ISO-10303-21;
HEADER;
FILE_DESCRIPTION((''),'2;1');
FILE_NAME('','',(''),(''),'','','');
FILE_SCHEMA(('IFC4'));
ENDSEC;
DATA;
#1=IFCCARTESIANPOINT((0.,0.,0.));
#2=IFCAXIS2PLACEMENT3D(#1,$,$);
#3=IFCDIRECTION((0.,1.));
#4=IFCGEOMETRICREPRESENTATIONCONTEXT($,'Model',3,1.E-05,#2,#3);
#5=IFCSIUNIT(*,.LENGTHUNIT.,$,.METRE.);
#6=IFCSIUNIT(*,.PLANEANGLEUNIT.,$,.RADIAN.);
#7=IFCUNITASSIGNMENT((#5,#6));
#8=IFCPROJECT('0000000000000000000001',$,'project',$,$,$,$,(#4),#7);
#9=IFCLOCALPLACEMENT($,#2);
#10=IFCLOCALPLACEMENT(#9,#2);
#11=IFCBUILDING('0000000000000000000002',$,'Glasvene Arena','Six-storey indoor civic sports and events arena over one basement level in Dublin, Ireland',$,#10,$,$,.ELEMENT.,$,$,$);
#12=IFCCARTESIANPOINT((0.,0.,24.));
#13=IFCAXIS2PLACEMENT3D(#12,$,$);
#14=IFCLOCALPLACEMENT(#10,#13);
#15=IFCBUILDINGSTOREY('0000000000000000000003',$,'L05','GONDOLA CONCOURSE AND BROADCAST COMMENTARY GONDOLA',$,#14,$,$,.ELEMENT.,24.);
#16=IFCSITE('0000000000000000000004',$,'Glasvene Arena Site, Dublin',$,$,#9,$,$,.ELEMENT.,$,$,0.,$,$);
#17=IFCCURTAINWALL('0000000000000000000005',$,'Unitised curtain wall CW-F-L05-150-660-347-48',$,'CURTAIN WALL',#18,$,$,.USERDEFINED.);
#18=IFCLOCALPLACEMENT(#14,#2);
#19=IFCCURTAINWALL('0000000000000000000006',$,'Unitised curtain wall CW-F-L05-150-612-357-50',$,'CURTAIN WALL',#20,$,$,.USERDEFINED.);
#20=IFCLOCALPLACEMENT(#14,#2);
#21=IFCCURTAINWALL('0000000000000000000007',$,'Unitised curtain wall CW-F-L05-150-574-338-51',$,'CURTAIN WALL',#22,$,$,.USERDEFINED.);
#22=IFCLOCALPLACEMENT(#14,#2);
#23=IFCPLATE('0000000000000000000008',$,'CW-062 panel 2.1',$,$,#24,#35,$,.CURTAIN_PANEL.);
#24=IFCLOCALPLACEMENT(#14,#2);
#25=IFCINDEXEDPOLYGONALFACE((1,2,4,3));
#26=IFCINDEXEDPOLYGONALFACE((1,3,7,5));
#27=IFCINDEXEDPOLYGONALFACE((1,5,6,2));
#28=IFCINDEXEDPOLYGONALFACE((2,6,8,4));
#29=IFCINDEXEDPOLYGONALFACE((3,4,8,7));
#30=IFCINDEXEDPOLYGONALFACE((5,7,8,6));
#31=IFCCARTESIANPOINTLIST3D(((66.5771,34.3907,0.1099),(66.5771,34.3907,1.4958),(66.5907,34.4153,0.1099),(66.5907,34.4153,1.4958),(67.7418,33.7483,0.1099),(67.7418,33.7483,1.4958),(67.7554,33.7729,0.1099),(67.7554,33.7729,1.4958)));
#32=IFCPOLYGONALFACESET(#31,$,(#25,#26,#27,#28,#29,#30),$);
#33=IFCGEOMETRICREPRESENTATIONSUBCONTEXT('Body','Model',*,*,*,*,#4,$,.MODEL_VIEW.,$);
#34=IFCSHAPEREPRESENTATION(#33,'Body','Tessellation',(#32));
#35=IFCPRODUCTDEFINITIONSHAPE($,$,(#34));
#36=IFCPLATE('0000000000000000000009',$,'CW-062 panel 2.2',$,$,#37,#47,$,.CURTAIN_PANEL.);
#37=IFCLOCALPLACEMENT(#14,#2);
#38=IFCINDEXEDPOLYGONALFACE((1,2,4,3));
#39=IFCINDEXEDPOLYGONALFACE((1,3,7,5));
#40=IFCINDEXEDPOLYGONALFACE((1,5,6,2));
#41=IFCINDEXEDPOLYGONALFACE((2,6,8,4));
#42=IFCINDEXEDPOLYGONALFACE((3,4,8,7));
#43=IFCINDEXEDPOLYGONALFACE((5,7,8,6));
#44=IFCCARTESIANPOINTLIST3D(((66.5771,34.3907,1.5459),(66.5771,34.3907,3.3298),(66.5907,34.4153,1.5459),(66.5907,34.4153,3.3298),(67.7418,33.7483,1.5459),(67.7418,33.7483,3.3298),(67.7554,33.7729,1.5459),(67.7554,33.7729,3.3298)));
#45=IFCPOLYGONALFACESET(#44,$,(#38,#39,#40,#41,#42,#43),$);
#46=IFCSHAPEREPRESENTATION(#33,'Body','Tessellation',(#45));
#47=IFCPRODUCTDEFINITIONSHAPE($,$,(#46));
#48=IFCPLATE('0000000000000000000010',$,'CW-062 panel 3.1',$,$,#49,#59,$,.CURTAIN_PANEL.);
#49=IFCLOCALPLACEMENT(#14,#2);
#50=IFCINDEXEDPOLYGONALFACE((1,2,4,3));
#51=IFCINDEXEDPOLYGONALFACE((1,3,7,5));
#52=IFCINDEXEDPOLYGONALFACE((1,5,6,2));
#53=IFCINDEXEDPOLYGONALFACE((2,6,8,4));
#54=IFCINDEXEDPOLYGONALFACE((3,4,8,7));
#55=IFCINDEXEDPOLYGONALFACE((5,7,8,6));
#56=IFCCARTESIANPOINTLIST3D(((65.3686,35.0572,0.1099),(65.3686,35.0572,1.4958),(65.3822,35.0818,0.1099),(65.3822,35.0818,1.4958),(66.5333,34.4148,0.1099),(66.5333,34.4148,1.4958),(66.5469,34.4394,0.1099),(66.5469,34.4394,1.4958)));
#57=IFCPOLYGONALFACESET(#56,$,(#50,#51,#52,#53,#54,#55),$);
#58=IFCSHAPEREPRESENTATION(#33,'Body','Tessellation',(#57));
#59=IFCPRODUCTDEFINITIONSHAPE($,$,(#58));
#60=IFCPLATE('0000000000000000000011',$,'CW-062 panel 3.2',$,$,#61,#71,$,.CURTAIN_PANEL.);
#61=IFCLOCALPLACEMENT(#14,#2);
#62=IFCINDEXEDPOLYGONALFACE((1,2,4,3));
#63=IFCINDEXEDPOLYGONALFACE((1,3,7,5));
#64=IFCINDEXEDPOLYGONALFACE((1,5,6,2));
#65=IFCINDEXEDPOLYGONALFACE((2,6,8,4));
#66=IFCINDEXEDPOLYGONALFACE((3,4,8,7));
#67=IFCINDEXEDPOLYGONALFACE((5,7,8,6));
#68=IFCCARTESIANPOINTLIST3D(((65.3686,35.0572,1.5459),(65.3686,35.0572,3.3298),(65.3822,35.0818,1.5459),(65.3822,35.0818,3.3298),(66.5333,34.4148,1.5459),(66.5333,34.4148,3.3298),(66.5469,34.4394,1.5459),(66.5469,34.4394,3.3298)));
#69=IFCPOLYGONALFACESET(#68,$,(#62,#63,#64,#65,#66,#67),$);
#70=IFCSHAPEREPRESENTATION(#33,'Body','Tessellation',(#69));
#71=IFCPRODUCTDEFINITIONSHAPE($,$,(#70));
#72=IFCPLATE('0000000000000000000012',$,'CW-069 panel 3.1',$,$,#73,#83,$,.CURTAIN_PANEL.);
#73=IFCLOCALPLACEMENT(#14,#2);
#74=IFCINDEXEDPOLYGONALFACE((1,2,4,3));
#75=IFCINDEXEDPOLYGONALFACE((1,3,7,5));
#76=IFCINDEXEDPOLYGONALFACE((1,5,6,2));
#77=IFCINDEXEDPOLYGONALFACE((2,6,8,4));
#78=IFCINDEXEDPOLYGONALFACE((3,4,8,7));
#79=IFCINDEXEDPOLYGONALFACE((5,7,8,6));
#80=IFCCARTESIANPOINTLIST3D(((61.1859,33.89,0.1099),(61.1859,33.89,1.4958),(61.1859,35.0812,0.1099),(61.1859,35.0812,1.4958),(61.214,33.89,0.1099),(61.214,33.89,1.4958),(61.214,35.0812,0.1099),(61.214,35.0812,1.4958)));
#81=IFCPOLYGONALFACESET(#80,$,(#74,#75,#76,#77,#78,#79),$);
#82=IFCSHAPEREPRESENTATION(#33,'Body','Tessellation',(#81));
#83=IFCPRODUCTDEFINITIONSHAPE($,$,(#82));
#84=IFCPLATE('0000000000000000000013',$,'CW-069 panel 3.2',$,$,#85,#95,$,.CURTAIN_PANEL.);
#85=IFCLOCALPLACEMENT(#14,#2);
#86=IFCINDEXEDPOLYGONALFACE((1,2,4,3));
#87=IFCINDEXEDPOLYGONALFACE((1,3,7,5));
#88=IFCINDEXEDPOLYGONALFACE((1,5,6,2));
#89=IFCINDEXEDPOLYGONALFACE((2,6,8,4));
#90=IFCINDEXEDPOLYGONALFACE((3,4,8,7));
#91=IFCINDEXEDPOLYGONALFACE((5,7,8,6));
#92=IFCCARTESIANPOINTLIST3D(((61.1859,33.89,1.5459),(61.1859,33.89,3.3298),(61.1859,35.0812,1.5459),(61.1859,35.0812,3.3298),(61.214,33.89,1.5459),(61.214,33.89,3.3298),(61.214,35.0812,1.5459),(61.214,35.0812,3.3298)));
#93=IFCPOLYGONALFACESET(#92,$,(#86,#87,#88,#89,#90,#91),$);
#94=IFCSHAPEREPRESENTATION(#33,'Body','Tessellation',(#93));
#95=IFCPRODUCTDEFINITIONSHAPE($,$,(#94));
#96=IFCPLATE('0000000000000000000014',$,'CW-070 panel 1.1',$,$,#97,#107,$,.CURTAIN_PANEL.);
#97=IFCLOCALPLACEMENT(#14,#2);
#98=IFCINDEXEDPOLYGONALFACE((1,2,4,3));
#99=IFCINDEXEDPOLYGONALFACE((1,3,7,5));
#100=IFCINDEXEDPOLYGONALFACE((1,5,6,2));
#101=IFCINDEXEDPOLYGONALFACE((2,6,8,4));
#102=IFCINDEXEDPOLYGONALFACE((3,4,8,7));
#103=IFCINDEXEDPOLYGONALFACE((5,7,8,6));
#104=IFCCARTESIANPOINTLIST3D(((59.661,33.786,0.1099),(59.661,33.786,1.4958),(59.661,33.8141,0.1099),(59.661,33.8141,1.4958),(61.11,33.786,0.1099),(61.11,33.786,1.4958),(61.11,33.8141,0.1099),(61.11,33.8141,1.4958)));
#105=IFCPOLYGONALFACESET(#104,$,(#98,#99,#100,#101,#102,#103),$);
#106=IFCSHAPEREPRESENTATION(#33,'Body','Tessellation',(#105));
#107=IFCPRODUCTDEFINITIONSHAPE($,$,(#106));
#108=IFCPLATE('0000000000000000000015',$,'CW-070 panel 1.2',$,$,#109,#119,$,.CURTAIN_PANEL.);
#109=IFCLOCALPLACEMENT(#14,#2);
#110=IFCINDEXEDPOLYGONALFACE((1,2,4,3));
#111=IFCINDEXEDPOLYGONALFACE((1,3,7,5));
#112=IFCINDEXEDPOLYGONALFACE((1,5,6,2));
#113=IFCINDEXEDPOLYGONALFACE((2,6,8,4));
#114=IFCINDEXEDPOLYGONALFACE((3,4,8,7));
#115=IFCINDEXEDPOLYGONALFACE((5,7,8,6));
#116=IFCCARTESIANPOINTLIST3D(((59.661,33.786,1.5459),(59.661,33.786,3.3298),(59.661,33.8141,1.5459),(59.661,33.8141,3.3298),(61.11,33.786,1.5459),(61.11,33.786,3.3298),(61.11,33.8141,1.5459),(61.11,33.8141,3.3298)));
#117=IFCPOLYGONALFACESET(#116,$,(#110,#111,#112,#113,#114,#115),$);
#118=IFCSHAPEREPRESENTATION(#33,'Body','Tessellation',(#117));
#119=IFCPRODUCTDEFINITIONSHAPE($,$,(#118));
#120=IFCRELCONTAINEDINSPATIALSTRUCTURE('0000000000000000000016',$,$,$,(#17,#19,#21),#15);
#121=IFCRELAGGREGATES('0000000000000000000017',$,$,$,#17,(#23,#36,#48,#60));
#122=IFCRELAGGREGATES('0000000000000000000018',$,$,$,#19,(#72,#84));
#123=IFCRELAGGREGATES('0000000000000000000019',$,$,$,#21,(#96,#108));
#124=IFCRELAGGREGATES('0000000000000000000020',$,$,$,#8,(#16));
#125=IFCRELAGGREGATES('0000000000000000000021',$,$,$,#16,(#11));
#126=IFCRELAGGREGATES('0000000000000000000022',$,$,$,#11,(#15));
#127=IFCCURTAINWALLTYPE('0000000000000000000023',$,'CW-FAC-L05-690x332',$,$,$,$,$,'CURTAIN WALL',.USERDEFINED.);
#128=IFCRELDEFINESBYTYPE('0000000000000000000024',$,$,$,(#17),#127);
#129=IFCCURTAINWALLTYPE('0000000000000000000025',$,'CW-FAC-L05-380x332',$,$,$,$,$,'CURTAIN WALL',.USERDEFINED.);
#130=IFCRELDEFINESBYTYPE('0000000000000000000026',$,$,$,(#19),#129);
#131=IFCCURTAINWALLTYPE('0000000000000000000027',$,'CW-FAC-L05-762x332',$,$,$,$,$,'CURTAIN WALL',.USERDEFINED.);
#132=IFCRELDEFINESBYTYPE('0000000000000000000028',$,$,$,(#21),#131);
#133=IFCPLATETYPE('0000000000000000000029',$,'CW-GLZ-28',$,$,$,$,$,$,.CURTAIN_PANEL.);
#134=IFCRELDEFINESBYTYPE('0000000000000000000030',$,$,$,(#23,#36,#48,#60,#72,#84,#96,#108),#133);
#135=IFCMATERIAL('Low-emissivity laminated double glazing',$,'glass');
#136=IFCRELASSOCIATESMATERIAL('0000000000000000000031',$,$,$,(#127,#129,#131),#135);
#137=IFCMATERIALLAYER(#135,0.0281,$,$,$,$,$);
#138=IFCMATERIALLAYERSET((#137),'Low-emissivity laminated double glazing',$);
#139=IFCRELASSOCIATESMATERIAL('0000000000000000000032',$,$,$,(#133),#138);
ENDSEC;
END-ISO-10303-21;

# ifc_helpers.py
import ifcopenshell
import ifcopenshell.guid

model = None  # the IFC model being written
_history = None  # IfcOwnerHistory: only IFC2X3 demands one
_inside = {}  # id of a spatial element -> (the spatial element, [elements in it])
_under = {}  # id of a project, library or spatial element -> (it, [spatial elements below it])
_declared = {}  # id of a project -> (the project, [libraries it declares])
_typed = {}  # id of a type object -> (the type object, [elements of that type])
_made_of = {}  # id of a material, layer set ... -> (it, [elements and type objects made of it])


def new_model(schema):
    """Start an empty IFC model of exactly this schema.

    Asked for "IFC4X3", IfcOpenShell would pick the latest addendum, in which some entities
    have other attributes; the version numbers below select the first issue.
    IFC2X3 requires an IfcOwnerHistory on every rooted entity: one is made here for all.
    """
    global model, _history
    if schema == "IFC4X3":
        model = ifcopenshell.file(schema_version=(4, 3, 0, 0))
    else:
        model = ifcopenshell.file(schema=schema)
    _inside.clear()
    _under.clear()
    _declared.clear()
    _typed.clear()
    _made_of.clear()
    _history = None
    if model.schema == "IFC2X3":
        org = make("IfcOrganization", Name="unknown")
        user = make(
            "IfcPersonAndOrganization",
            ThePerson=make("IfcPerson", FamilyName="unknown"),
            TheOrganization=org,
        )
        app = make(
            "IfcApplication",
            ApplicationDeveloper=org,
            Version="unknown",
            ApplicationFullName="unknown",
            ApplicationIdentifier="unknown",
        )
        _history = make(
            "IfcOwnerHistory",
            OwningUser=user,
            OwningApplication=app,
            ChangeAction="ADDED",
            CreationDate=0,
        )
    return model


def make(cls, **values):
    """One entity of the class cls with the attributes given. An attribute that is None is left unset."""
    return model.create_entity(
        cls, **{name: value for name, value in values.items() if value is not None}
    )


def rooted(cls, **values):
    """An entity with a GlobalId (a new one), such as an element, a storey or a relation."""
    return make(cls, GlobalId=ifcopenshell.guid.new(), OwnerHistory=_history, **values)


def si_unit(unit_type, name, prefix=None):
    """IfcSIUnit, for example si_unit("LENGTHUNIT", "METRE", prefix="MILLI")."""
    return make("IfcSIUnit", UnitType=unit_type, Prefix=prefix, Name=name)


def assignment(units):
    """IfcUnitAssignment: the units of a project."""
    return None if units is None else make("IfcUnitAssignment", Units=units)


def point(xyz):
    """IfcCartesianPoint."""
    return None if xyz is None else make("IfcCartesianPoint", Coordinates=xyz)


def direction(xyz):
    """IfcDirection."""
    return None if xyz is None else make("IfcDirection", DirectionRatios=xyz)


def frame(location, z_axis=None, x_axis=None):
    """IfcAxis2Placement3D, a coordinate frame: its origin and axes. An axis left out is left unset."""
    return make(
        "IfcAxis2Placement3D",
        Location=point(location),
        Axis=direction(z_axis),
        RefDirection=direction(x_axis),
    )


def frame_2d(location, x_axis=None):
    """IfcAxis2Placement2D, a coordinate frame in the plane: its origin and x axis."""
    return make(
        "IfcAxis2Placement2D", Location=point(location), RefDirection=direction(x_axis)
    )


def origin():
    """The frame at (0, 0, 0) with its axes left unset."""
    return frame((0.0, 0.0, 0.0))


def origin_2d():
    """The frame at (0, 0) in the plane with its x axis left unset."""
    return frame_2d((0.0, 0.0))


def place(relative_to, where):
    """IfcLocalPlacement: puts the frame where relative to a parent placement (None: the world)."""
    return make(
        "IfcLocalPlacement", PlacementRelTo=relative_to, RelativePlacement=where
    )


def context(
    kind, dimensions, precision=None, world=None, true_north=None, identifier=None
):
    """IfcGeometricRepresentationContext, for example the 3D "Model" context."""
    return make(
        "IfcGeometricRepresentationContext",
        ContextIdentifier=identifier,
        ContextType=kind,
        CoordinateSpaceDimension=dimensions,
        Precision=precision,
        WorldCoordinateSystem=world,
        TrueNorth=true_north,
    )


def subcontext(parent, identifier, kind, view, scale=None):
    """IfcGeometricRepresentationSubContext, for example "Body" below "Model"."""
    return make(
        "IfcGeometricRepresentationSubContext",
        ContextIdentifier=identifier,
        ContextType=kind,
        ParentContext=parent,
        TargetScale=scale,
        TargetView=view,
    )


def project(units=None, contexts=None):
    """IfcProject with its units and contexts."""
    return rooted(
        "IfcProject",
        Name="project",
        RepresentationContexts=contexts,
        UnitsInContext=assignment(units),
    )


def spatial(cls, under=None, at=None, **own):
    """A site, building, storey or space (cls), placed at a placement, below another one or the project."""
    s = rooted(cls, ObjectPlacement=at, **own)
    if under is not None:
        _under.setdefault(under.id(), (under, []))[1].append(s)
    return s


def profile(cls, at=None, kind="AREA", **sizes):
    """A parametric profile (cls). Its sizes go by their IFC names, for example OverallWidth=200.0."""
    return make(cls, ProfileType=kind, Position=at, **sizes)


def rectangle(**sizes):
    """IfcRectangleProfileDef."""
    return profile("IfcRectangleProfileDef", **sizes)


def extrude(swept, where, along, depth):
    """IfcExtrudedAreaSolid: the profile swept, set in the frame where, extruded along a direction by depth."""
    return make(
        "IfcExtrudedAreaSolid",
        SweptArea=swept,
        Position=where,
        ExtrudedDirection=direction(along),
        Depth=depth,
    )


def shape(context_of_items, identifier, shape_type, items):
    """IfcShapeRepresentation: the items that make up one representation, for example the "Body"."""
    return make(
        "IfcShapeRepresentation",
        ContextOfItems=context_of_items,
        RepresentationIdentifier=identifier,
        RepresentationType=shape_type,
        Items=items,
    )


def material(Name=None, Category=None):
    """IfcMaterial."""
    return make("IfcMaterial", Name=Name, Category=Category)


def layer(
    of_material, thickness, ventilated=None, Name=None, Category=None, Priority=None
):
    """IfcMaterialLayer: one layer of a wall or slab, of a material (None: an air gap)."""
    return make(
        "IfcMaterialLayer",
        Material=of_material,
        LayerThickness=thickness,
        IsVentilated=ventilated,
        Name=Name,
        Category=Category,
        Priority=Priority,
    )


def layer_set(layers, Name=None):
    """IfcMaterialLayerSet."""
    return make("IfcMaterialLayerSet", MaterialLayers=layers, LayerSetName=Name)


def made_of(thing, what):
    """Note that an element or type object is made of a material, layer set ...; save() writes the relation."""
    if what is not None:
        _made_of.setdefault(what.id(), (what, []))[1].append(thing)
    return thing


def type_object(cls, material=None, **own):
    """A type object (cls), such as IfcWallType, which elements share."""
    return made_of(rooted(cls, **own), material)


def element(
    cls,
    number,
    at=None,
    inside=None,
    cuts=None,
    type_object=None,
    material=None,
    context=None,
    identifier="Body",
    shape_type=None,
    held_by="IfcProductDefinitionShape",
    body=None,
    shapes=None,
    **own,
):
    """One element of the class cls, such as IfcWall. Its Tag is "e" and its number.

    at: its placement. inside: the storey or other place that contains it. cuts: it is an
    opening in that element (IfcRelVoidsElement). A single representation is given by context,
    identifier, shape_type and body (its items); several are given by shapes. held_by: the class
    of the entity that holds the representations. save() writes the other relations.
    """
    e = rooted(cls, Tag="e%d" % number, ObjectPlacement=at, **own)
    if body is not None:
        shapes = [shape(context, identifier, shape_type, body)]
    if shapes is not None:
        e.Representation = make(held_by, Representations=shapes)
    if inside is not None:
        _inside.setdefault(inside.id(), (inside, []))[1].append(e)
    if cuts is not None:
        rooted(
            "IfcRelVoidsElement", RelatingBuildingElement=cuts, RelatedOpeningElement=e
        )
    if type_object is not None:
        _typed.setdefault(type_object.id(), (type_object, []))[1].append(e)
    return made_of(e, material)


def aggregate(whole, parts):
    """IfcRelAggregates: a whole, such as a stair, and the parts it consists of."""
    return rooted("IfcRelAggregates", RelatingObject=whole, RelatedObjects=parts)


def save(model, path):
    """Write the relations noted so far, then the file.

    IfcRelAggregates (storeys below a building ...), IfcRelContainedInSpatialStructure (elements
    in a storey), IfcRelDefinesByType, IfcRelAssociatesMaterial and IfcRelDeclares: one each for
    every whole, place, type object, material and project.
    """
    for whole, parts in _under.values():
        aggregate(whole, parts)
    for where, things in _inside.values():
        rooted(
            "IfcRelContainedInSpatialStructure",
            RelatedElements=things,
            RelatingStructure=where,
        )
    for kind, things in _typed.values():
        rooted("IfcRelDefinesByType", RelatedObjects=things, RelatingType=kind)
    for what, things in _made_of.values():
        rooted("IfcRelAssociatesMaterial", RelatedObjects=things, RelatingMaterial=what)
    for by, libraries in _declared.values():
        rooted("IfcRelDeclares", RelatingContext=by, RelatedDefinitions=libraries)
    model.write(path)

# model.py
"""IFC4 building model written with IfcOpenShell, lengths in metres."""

from ifc_helpers import new_model, si_unit, direction, frame, origin, origin_2d, place, context, subcontext, project, spatial, rectangle, extrude, material, layer, layer_set, type_object, element, aggregate, save


model = new_model("IFC4")

# Units and contexts
model_context = context("Model", 3, precision=1e-05, world=origin(), true_north=direction((0.0, 1.0)))
body_context = subcontext(model_context, "Body", "Model", "MODEL_VIEW")
ifc_project = project(units=[si_unit("LENGTHUNIT", "METRE"), si_unit("PLANEANGLEUNIT", "RADIAN")], contexts=[model_context])

# Site, building, storey
site_placement = place(None, origin())
site = spatial("IfcSite", under=ifc_project, at=site_placement, Name="Glasvene Arena Site, Dublin", CompositionType="ELEMENT", RefElevation=0.0)
building_placement = place(site_placement, origin())
building = spatial("IfcBuilding", under=site, at=building_placement, Name="Glasvene Arena", Description="Six-storey indoor civic sports and events arena over one basement level in Dublin, Ireland", CompositionType="ELEMENT")
storey_placement = place(building_placement, frame((0.0, 0.0, 24.0)))
storey = spatial("IfcBuildingStorey", under=building, at=storey_placement, Name="L05", Description="GONDOLA CONCOURSE AND BROADCAST COMMENTARY GONDOLA", CompositionType="ELEMENT", Elevation=24.0)

# Curtain walls
ifc_material_1 = material(Name="Low-emissivity laminated double glazing", Category="glass")
curtain_wall_type_1 = type_object("IfcCurtainWallType", Name="CW-FAC-L05-690x332", ElementType="CURTAIN WALL", PredefinedType="USERDEFINED", material=ifc_material_1)
curtain_wall_1_placement = place(storey_placement, frame((68.979, 33.0818, 0.0)))
curtain_wall_1 = element("IfcCurtainWall", 1, at=curtain_wall_1_placement, inside=storey, type_object=curtain_wall_type_1, Name="Unitised curtain wall CW-F-L05-150-660-347-48", ObjectType="CURTAIN WALL", PredefinedType="USERDEFINED")
curtain_wall_type_2 = type_object("IfcCurtainWallType", Name="CW-FAC-L05-380x332", ElementType="CURTAIN WALL", PredefinedType="USERDEFINED", material=ifc_material_1)
curtain_wall_2_placement = place(storey_placement, frame((61.2, 37.6387, 0.0)))
curtain_wall_2 = element("IfcCurtainWall", 2, at=curtain_wall_2_placement, inside=storey, type_object=curtain_wall_type_2, Name="Unitised curtain wall CW-F-L05-150-612-357-50", ObjectType="CURTAIN WALL", PredefinedType="USERDEFINED")

# Curtain wall
curtain_wall_type_3 = type_object("IfcCurtainWallType", Name="CW-FAC-L05-762x332", ElementType="CURTAIN WALL", PredefinedType="USERDEFINED", material=ifc_material_1)
curtain_wall_3_placement = place(storey_placement, frame((61.1599, 33.8, 0.0)))
curtain_wall_3 = element("IfcCurtainWall", 3, at=curtain_wall_3_placement, inside=storey, type_object=curtain_wall_type_3, Name="Unitised curtain wall CW-F-L05-150-574-338-51", ObjectType="CURTAIN WALL", PredefinedType="USERDEFINED")

# Plates
ifc_layer = layer(ifc_material_1, 0.0281)
ifc_layer_set = layer_set([ifc_layer], Name="Low-emissivity laminated double glazing")
plate_type = type_object("IfcPlateType", Name="CW-GLZ-28", PredefinedType="CURTAIN_PANEL", material=ifc_layer_set)
plate_1_placement = place(storey_placement, frame((67.1663, 34.0818, 0.1099), z_axis=(0.0, 0.0, 1.0), x_axis=(-0.875654, 0.482939, 0.0)))
plate_1 = element("IfcPlate", 4, at=plate_1_placement, type_object=plate_type, Name="CW-062 panel 2.1", PredefinedType="CURTAIN_PANEL", context=body_context, shape_type="SweptSolid", body=[
    extrude(rectangle(XDim=1.3301, YDim=0.0281, at=origin_2d()), origin(), (0.0, 0.0, 1.0), 1.386),
])
plate_2_placement = place(storey_placement, frame((67.1663, 34.0818, 1.5459), z_axis=(0.0, 0.0, 1.0), x_axis=(-0.875654, 0.482939, 0.0)))
plate_2 = element("IfcPlate", 5, at=plate_2_placement, type_object=plate_type, Name="CW-062 panel 2.2", PredefinedType="CURTAIN_PANEL", context=body_context, shape_type="SweptSolid", body=[
    extrude(rectangle(XDim=1.3301, YDim=0.0281, at=origin_2d()), origin(), (0.0, 0.0, 1.0), 1.7839),
])
plate_3_placement = place(storey_placement, frame((65.9578, 34.7483, 0.1099), z_axis=(0.0, 0.0, 1.0), x_axis=(-0.875654, 0.482939, 0.0)))
plate_3 = element("IfcPlate", 6, at=plate_3_placement, type_object=plate_type, Name="CW-062 panel 3.1", PredefinedType="CURTAIN_PANEL", context=body_context, shape_type="SweptSolid", body=[
    extrude(rectangle(XDim=1.3301, YDim=0.0281, at=origin_2d()), origin(), (0.0, 0.0, 1.0), 1.386),
])
plate_4_placement = place(storey_placement, frame((65.9578, 34.7483, 1.5459), z_axis=(0.0, 0.0, 1.0), x_axis=(-0.875654, 0.482939, 0.0)))
plate_4 = element("IfcPlate", 7, at=plate_4_placement, type_object=plate_type, Name="CW-062 panel 3.2", PredefinedType="CURTAIN_PANEL", context=body_context, shape_type="SweptSolid", body=[
    extrude(rectangle(XDim=1.3301, YDim=0.0281, at=origin_2d()), origin(), (0.0, 0.0, 1.0), 1.7839),
])
aggregate(curtain_wall_1, [plate_1, plate_2, plate_3, plate_4])
plate_5_placement = place(storey_placement, frame((61.2, 34.4856, 0.1099), z_axis=(0.0, 0.0, 1.0), x_axis=(0.0, -1.0, 0.0)))
plate_5 = element("IfcPlate", 8, at=plate_5_placement, type_object=plate_type, Name="CW-069 panel 3.1", PredefinedType="CURTAIN_PANEL", context=body_context, shape_type="SweptSolid", body=[
    extrude(rectangle(XDim=1.1912, YDim=0.0281, at=origin_2d()), origin(), (0.0, 0.0, 1.0), 1.386),
])
plate_6_placement = place(storey_placement, frame((61.2, 34.4856, 1.5459), z_axis=(0.0, 0.0, 1.0), x_axis=(0.0, -1.0, 0.0)))
plate_6 = element("IfcPlate", 9, at=plate_6_placement, type_object=plate_type, Name="CW-069 panel 3.2", PredefinedType="CURTAIN_PANEL", context=body_context, shape_type="SweptSolid", body=[
    extrude(rectangle(XDim=1.1912, YDim=0.0281, at=origin_2d()), origin(), (0.0, 0.0, 1.0), 1.7839),
])
aggregate(curtain_wall_2, [plate_5, plate_6])
plate_7_placement = place(storey_placement, frame((60.3855, 33.8, 0.1099), z_axis=(0.0, 0.0, 1.0), x_axis=(-1.0, 0.0, 0.0)))
plate_7 = element("IfcPlate", 10, at=plate_7_placement, type_object=plate_type, Name="CW-070 panel 1.1", PredefinedType="CURTAIN_PANEL", context=body_context, shape_type="SweptSolid", body=[
    extrude(rectangle(XDim=1.449, YDim=0.0281, at=origin_2d()), origin(), (0.0, 0.0, 1.0), 1.386),
])
plate_8_placement = place(storey_placement, frame((60.3855, 33.8, 1.5459), z_axis=(0.0, 0.0, 1.0), x_axis=(-1.0, 0.0, 0.0)))
plate_8 = element("IfcPlate", 11, at=plate_8_placement, type_object=plate_type, Name="CW-070 panel 1.2", PredefinedType="CURTAIN_PANEL", context=body_context, shape_type="SweptSolid", body=[
    extrude(rectangle(XDim=1.449, YDim=0.0281, at=origin_2d()), origin(), (0.0, 0.0, 1.0), 1.7839),
])
aggregate(curtain_wall_3, [plate_7, plate_8])

save(model, "model.ifc")
